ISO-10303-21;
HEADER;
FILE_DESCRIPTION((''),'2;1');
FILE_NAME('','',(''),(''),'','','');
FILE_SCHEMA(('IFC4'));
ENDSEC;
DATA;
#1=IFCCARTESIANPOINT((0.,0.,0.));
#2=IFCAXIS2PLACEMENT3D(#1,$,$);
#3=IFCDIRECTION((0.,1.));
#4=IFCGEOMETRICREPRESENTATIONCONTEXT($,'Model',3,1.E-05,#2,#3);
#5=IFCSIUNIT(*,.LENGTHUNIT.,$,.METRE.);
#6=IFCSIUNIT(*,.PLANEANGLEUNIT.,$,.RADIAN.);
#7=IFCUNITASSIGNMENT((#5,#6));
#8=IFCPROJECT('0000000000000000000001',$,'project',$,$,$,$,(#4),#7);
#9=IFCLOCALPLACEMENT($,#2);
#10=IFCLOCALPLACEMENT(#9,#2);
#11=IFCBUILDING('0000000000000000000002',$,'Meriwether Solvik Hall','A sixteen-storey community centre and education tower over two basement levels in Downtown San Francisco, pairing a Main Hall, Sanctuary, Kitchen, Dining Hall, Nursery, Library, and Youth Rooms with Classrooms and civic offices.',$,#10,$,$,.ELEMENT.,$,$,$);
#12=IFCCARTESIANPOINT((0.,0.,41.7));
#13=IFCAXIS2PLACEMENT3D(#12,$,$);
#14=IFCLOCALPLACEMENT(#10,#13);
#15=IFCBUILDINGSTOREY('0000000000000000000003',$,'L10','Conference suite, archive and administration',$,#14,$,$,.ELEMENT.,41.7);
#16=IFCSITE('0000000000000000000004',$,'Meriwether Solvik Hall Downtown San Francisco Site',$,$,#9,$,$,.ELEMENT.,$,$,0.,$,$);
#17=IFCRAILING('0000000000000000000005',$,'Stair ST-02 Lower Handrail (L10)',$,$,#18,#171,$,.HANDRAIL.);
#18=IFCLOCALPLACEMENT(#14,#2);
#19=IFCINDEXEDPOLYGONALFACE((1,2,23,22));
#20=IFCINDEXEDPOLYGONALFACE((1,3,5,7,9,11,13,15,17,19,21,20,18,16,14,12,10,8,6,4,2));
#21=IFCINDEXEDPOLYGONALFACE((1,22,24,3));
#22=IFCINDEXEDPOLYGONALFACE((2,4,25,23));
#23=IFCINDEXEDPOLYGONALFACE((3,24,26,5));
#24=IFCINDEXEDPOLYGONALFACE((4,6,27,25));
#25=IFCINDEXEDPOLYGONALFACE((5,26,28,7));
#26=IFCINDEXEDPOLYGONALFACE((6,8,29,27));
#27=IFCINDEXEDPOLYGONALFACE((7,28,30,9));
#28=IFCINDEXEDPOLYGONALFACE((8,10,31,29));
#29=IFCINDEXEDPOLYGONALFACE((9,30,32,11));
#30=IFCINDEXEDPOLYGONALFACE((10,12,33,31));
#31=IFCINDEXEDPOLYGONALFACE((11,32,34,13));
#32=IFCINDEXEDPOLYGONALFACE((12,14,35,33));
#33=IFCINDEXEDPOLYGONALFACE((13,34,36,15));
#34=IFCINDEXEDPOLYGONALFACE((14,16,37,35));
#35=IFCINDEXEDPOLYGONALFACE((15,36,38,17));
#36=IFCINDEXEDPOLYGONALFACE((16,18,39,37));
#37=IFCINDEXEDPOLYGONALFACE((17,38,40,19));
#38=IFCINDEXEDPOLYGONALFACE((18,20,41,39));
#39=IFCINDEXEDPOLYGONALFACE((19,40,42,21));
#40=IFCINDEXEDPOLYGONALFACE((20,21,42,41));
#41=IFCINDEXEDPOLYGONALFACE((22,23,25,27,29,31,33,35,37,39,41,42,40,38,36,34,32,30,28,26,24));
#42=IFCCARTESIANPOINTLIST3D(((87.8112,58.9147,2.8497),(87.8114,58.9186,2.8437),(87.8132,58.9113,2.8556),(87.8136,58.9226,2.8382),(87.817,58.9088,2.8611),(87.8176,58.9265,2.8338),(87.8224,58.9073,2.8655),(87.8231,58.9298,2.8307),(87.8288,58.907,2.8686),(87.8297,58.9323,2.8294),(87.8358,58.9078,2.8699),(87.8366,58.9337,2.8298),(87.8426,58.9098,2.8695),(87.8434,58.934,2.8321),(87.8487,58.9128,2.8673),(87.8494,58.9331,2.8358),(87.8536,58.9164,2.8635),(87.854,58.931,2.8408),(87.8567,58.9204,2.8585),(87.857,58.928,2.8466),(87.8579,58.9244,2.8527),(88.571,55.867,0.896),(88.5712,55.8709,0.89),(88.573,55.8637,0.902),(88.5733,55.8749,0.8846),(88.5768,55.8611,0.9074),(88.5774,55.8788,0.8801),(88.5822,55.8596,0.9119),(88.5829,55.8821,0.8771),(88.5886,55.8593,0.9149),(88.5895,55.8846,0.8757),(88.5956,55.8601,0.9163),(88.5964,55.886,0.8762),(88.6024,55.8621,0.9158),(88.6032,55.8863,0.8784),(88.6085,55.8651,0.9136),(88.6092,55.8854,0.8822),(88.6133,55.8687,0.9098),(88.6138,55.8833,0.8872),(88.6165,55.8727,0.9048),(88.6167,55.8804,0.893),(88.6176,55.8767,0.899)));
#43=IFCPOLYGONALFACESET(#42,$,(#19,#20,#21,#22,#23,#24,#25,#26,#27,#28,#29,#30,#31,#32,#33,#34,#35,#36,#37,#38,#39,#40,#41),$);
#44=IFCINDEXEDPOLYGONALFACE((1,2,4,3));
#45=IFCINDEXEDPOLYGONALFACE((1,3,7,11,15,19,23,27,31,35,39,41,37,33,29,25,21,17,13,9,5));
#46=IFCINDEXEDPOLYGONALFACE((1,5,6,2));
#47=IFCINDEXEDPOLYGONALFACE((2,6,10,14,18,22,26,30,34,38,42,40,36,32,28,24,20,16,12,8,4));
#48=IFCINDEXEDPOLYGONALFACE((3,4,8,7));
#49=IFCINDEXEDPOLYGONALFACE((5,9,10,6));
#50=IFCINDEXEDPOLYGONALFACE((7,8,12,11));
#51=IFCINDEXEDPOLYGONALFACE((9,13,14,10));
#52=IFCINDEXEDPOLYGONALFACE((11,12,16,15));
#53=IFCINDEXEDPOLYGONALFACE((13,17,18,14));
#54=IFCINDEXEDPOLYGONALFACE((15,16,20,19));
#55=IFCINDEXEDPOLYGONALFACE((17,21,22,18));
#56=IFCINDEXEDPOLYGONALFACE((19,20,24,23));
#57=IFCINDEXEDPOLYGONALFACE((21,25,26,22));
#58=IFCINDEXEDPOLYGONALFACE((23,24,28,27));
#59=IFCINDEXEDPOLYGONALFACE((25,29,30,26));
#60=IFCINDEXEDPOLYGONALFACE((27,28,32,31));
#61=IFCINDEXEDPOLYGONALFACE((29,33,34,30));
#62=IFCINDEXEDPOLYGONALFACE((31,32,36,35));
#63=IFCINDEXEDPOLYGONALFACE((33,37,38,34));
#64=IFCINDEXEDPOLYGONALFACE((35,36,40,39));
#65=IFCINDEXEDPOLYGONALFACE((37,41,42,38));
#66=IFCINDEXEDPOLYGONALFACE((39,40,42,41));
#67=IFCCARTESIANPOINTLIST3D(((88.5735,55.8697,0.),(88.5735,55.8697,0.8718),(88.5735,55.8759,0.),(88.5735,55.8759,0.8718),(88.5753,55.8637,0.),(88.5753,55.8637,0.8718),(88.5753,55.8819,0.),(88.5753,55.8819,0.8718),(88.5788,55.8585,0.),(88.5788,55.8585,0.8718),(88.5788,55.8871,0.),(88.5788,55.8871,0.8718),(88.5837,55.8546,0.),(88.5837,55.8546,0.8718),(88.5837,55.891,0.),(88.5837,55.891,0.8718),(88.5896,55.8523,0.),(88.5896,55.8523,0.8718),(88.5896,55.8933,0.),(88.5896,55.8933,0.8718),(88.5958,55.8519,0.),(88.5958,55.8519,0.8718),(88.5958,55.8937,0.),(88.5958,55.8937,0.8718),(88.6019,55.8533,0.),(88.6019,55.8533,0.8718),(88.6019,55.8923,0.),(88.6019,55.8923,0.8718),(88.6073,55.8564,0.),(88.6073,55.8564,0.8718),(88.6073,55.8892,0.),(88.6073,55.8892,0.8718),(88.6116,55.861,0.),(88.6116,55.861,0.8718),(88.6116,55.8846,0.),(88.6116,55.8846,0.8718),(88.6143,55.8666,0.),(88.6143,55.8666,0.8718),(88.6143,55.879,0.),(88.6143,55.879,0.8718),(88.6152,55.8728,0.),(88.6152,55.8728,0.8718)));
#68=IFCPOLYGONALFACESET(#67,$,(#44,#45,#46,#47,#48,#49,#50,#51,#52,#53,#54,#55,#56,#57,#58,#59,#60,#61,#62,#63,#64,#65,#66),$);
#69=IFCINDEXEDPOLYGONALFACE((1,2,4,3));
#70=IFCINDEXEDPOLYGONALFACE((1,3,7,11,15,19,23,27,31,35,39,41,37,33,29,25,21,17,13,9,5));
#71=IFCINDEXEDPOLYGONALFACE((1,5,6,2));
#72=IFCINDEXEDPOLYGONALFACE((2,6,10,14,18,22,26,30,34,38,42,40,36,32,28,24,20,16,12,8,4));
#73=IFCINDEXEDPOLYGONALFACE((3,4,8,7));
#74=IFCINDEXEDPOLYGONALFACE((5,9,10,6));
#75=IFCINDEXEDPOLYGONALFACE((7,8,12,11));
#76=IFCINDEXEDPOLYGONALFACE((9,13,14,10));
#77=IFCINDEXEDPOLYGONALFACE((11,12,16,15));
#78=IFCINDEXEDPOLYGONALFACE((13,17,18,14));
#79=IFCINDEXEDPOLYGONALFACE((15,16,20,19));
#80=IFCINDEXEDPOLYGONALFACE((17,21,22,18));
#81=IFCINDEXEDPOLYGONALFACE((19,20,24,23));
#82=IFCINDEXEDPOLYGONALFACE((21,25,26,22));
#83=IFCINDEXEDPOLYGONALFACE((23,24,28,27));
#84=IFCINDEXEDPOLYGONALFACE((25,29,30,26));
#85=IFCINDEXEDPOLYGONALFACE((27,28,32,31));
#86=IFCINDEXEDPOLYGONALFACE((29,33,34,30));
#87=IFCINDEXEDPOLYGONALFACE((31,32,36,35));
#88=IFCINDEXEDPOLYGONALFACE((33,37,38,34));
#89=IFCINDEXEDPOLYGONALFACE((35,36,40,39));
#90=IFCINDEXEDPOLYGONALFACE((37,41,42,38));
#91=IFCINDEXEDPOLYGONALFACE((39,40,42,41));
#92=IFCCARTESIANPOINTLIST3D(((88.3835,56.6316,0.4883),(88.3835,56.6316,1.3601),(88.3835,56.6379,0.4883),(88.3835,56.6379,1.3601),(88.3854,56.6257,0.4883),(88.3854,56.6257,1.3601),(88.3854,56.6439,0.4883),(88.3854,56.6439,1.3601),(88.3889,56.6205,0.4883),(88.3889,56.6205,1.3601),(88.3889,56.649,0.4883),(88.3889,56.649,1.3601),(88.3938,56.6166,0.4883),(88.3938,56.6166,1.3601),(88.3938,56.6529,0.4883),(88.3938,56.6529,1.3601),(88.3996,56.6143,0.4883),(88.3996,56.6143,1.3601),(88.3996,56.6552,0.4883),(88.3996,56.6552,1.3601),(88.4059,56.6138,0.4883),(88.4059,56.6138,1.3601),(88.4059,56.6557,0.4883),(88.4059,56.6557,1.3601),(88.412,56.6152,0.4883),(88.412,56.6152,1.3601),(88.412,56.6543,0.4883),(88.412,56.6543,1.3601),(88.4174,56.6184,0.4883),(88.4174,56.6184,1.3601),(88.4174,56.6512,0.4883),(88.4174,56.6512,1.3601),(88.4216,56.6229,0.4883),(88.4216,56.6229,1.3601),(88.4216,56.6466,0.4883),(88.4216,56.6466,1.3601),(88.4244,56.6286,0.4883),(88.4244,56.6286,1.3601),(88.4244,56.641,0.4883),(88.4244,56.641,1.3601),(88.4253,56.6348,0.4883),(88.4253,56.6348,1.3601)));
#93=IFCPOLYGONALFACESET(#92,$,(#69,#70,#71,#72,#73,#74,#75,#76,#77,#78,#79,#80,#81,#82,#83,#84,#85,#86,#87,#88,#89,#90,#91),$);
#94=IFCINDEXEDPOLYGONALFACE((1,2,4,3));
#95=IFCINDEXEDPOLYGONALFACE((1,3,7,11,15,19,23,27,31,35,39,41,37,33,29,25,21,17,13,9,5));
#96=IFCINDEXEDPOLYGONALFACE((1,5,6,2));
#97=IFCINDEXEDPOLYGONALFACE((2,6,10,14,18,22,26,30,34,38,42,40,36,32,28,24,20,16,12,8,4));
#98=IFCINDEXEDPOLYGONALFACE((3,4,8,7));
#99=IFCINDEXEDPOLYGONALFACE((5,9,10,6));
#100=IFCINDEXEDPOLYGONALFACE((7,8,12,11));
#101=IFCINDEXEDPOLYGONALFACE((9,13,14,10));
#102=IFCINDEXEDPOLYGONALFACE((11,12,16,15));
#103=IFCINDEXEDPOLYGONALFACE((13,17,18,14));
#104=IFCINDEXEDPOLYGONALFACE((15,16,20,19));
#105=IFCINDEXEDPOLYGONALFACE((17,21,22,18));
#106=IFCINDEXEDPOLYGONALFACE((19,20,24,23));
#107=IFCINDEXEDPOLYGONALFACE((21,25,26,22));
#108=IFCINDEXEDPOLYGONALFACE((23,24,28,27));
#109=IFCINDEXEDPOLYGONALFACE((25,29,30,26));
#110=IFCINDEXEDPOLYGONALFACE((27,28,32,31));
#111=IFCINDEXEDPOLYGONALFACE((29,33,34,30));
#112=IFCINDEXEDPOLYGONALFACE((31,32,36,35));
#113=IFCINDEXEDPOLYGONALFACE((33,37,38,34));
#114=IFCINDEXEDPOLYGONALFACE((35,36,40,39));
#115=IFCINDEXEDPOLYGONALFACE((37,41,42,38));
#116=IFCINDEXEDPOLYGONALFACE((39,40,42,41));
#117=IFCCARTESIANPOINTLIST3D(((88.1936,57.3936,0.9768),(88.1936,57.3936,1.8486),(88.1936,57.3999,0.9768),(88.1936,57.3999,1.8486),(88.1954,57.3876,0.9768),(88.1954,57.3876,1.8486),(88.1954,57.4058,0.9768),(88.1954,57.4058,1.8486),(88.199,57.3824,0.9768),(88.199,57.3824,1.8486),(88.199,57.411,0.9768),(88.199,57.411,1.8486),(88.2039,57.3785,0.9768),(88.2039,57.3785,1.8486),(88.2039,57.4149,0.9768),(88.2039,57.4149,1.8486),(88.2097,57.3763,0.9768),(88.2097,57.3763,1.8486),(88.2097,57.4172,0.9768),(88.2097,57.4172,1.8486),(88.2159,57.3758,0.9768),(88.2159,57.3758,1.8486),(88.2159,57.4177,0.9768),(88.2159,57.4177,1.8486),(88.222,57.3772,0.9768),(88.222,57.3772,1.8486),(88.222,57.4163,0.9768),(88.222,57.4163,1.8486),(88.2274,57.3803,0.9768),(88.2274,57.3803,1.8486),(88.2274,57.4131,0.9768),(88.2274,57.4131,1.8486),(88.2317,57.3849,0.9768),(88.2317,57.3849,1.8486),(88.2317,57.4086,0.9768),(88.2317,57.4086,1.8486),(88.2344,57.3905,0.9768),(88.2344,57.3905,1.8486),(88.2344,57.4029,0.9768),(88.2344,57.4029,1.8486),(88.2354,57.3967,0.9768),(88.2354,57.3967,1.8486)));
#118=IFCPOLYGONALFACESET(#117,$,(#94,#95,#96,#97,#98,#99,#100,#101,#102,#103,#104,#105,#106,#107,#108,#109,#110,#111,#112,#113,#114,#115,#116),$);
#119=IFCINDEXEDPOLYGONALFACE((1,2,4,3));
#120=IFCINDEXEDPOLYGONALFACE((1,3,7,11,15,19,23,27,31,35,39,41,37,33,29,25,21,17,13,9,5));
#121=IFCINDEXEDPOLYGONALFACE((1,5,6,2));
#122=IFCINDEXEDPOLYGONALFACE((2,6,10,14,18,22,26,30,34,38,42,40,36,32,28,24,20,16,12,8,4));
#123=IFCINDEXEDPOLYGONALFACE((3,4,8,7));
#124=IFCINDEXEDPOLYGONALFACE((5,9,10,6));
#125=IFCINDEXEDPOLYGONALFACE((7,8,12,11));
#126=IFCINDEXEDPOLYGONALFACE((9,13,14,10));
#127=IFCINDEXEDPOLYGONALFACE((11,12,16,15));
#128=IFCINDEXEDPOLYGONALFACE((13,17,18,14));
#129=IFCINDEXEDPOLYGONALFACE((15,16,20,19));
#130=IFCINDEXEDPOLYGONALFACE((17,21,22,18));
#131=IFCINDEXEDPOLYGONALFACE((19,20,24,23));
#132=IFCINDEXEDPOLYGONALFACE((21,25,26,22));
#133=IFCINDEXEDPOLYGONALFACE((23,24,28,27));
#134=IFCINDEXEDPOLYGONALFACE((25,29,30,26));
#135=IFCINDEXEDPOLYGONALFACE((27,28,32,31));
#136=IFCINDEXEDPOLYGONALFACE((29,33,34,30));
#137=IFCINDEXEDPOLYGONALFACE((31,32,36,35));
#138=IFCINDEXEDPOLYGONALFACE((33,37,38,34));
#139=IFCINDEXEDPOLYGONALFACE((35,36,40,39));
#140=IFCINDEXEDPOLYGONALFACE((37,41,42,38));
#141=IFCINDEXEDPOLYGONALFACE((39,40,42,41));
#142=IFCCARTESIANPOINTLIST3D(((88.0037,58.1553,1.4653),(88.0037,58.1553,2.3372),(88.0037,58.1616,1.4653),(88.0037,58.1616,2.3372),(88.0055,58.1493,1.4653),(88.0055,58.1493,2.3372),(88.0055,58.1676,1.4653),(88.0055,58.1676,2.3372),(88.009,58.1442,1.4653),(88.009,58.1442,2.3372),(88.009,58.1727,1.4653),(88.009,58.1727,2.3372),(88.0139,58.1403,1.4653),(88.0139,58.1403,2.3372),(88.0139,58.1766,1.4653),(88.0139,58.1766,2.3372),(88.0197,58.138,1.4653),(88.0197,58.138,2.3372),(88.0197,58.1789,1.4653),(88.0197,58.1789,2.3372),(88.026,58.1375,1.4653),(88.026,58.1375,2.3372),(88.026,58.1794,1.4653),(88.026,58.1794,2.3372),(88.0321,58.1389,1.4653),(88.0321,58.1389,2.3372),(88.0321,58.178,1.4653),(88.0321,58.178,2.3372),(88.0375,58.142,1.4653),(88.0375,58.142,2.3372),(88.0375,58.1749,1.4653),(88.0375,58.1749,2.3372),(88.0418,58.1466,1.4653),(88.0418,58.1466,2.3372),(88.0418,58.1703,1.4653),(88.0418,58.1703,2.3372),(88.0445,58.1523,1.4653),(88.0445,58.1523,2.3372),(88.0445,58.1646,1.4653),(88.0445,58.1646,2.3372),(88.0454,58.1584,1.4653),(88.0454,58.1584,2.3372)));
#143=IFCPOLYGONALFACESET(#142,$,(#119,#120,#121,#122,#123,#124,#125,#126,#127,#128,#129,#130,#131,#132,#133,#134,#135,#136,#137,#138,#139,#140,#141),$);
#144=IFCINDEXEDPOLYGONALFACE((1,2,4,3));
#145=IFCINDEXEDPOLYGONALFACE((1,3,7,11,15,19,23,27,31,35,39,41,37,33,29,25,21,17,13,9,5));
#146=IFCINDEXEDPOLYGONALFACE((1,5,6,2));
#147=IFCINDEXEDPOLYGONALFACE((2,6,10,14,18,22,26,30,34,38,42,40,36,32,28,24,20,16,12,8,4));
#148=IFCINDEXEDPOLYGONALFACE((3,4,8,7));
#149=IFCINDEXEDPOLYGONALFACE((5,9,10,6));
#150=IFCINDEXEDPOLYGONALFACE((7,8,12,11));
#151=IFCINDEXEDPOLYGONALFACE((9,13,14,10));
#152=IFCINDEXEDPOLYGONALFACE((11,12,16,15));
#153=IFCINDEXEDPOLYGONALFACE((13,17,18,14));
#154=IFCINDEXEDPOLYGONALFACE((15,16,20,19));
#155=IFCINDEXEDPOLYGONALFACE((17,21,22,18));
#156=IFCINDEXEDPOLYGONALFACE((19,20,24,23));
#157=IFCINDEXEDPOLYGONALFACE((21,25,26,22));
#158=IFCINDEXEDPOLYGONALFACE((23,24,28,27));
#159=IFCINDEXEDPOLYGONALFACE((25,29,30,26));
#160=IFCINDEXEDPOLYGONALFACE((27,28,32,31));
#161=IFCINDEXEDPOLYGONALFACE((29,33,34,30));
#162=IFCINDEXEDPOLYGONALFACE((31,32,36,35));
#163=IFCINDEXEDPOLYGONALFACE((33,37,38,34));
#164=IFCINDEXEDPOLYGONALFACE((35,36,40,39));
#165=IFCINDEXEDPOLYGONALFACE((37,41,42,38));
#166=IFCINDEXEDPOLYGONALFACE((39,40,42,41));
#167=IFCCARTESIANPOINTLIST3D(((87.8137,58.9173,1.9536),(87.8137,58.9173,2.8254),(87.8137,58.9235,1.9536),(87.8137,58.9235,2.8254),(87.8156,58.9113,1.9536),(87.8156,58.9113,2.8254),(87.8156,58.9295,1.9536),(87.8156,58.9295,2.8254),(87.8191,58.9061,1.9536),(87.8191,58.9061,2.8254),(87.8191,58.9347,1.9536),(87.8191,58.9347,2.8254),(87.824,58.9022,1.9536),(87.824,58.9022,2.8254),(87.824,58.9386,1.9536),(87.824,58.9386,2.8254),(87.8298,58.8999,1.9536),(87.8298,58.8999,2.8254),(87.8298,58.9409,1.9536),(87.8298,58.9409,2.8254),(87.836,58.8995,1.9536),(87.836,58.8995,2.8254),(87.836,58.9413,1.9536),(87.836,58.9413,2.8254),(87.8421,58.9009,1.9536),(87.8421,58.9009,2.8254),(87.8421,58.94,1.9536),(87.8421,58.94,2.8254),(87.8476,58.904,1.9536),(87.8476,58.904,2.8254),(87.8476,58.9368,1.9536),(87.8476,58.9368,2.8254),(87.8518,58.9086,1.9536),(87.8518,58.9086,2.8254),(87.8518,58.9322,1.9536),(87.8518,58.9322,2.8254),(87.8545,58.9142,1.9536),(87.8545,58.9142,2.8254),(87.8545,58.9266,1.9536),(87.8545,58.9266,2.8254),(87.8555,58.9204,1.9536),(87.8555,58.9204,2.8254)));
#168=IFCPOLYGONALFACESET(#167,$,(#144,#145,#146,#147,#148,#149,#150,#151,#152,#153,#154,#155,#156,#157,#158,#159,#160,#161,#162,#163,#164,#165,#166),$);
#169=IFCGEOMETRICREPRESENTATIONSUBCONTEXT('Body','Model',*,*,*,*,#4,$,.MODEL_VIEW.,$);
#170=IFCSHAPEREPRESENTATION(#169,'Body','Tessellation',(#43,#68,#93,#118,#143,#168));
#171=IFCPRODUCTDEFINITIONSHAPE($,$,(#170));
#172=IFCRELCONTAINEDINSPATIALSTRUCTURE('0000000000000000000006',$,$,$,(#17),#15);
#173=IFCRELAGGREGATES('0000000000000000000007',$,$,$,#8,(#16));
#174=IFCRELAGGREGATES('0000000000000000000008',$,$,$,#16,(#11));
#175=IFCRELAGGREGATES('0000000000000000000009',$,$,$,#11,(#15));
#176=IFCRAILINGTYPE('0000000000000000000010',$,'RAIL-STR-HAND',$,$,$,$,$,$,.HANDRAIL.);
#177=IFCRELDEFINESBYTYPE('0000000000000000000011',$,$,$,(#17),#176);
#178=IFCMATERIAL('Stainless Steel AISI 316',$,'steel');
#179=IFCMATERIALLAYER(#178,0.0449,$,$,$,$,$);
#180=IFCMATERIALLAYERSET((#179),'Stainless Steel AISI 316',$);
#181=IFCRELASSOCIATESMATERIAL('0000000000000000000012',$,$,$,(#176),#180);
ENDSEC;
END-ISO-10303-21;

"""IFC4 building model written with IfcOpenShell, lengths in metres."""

from ifc_helpers import new_model, si_unit, direction, frame, origin, origin_2d, place, context, subcontext, project, spatial, circle, extrude, material, layer, layer_set, type_object, element, save


model = new_model("IFC4")

# Units and contexts
model_context = context("Model", 3, precision=1e-05, world=origin(), true_north=direction((0.0, 1.0)))
body_context = subcontext(model_context, "Body", "Model", "MODEL_VIEW")
ifc_project = project(units=[si_unit("LENGTHUNIT", "METRE"), si_unit("PLANEANGLEUNIT", "RADIAN")], contexts=[model_context])

# Site, building, storey
site_placement = place(None, origin())
site = spatial("IfcSite", under=ifc_project, at=site_placement, Name="Meriwether Solvik Hall Downtown San Francisco Site", CompositionType="ELEMENT", RefElevation=0.0)
building_placement = place(site_placement, origin())
building = spatial("IfcBuilding", under=site, at=building_placement, Name="Meriwether Solvik Hall", Description="A sixteen-storey community centre and education tower over two basement levels in Downtown San Francisco, pairing a Main Hall, Sanctuary, Kitchen, Dining Hall, Nursery, Library, and Youth Rooms with Classrooms and civic offices.", CompositionType="ELEMENT")
storey_placement = place(building_placement, frame((0.0, 0.0, 41.7)))
storey = spatial("IfcBuildingStorey", under=building, at=storey_placement, Name="L10", Description="Conference suite, archive and administration", CompositionType="ELEMENT", Elevation=41.7)

# Railing
ifc_material_1 = material(Name="Stainless Steel AISI 316", Category="steel")
ifc_layer_1 = layer(ifc_material_1, 0.0449)
ifc_layer_set_1 = layer_set([ifc_layer_1], Name="Stainless Steel AISI 316")
railing_type_1 = type_object("IfcRailingType", Name="RAIL-STR-HAND", PredefinedType="HANDRAIL", material=ifc_layer_set_1)
railing_1_placement = place(storey_placement, frame((88.5942, 55.8728, 0.0)))
element("IfcRailing", 1, at=railing_1_placement, inside=storey, type_object=railing_type_1, Name="Stair ST-02 Lower Handrail (L10)", PredefinedType="HANDRAIL", context=body_context, shape_type="SweptSolid", body=[
    extrude(circle(Radius=0.0239, at=origin_2d()), frame((0.0, 0.0, 0.896), z_axis=(-0.205404, 0.823926, 0.528163), x_axis=(-0.970302, -0.241895, 0.0)), (0.0, 0.0, 1.0), 3.699),
    extrude(circle(Radius=0.021, at=origin_2d()), origin(), (0.0, 0.0, 1.0), 0.8718),
    extrude(circle(Radius=0.021, at=origin_2d()), frame((-0.1899, 0.762, 0.4883)), (0.0, 0.0, 1.0), 0.8718),
    extrude(circle(Radius=0.021, at=origin_2d()), frame((-0.3799, 1.5239, 0.9768)), (0.0, 0.0, 1.0), 0.8718),
    extrude(circle(Radius=0.021, at=origin_2d()), frame((-0.5698, 2.2856, 1.4653)), (0.0, 0.0, 1.0), 0.8718),
    extrude(circle(Radius=0.021, at=origin_2d()), frame((-0.7598, 3.0476, 1.9536)), (0.0, 0.0, 1.0), 0.8718),
])

save(model, "model.ifc")
